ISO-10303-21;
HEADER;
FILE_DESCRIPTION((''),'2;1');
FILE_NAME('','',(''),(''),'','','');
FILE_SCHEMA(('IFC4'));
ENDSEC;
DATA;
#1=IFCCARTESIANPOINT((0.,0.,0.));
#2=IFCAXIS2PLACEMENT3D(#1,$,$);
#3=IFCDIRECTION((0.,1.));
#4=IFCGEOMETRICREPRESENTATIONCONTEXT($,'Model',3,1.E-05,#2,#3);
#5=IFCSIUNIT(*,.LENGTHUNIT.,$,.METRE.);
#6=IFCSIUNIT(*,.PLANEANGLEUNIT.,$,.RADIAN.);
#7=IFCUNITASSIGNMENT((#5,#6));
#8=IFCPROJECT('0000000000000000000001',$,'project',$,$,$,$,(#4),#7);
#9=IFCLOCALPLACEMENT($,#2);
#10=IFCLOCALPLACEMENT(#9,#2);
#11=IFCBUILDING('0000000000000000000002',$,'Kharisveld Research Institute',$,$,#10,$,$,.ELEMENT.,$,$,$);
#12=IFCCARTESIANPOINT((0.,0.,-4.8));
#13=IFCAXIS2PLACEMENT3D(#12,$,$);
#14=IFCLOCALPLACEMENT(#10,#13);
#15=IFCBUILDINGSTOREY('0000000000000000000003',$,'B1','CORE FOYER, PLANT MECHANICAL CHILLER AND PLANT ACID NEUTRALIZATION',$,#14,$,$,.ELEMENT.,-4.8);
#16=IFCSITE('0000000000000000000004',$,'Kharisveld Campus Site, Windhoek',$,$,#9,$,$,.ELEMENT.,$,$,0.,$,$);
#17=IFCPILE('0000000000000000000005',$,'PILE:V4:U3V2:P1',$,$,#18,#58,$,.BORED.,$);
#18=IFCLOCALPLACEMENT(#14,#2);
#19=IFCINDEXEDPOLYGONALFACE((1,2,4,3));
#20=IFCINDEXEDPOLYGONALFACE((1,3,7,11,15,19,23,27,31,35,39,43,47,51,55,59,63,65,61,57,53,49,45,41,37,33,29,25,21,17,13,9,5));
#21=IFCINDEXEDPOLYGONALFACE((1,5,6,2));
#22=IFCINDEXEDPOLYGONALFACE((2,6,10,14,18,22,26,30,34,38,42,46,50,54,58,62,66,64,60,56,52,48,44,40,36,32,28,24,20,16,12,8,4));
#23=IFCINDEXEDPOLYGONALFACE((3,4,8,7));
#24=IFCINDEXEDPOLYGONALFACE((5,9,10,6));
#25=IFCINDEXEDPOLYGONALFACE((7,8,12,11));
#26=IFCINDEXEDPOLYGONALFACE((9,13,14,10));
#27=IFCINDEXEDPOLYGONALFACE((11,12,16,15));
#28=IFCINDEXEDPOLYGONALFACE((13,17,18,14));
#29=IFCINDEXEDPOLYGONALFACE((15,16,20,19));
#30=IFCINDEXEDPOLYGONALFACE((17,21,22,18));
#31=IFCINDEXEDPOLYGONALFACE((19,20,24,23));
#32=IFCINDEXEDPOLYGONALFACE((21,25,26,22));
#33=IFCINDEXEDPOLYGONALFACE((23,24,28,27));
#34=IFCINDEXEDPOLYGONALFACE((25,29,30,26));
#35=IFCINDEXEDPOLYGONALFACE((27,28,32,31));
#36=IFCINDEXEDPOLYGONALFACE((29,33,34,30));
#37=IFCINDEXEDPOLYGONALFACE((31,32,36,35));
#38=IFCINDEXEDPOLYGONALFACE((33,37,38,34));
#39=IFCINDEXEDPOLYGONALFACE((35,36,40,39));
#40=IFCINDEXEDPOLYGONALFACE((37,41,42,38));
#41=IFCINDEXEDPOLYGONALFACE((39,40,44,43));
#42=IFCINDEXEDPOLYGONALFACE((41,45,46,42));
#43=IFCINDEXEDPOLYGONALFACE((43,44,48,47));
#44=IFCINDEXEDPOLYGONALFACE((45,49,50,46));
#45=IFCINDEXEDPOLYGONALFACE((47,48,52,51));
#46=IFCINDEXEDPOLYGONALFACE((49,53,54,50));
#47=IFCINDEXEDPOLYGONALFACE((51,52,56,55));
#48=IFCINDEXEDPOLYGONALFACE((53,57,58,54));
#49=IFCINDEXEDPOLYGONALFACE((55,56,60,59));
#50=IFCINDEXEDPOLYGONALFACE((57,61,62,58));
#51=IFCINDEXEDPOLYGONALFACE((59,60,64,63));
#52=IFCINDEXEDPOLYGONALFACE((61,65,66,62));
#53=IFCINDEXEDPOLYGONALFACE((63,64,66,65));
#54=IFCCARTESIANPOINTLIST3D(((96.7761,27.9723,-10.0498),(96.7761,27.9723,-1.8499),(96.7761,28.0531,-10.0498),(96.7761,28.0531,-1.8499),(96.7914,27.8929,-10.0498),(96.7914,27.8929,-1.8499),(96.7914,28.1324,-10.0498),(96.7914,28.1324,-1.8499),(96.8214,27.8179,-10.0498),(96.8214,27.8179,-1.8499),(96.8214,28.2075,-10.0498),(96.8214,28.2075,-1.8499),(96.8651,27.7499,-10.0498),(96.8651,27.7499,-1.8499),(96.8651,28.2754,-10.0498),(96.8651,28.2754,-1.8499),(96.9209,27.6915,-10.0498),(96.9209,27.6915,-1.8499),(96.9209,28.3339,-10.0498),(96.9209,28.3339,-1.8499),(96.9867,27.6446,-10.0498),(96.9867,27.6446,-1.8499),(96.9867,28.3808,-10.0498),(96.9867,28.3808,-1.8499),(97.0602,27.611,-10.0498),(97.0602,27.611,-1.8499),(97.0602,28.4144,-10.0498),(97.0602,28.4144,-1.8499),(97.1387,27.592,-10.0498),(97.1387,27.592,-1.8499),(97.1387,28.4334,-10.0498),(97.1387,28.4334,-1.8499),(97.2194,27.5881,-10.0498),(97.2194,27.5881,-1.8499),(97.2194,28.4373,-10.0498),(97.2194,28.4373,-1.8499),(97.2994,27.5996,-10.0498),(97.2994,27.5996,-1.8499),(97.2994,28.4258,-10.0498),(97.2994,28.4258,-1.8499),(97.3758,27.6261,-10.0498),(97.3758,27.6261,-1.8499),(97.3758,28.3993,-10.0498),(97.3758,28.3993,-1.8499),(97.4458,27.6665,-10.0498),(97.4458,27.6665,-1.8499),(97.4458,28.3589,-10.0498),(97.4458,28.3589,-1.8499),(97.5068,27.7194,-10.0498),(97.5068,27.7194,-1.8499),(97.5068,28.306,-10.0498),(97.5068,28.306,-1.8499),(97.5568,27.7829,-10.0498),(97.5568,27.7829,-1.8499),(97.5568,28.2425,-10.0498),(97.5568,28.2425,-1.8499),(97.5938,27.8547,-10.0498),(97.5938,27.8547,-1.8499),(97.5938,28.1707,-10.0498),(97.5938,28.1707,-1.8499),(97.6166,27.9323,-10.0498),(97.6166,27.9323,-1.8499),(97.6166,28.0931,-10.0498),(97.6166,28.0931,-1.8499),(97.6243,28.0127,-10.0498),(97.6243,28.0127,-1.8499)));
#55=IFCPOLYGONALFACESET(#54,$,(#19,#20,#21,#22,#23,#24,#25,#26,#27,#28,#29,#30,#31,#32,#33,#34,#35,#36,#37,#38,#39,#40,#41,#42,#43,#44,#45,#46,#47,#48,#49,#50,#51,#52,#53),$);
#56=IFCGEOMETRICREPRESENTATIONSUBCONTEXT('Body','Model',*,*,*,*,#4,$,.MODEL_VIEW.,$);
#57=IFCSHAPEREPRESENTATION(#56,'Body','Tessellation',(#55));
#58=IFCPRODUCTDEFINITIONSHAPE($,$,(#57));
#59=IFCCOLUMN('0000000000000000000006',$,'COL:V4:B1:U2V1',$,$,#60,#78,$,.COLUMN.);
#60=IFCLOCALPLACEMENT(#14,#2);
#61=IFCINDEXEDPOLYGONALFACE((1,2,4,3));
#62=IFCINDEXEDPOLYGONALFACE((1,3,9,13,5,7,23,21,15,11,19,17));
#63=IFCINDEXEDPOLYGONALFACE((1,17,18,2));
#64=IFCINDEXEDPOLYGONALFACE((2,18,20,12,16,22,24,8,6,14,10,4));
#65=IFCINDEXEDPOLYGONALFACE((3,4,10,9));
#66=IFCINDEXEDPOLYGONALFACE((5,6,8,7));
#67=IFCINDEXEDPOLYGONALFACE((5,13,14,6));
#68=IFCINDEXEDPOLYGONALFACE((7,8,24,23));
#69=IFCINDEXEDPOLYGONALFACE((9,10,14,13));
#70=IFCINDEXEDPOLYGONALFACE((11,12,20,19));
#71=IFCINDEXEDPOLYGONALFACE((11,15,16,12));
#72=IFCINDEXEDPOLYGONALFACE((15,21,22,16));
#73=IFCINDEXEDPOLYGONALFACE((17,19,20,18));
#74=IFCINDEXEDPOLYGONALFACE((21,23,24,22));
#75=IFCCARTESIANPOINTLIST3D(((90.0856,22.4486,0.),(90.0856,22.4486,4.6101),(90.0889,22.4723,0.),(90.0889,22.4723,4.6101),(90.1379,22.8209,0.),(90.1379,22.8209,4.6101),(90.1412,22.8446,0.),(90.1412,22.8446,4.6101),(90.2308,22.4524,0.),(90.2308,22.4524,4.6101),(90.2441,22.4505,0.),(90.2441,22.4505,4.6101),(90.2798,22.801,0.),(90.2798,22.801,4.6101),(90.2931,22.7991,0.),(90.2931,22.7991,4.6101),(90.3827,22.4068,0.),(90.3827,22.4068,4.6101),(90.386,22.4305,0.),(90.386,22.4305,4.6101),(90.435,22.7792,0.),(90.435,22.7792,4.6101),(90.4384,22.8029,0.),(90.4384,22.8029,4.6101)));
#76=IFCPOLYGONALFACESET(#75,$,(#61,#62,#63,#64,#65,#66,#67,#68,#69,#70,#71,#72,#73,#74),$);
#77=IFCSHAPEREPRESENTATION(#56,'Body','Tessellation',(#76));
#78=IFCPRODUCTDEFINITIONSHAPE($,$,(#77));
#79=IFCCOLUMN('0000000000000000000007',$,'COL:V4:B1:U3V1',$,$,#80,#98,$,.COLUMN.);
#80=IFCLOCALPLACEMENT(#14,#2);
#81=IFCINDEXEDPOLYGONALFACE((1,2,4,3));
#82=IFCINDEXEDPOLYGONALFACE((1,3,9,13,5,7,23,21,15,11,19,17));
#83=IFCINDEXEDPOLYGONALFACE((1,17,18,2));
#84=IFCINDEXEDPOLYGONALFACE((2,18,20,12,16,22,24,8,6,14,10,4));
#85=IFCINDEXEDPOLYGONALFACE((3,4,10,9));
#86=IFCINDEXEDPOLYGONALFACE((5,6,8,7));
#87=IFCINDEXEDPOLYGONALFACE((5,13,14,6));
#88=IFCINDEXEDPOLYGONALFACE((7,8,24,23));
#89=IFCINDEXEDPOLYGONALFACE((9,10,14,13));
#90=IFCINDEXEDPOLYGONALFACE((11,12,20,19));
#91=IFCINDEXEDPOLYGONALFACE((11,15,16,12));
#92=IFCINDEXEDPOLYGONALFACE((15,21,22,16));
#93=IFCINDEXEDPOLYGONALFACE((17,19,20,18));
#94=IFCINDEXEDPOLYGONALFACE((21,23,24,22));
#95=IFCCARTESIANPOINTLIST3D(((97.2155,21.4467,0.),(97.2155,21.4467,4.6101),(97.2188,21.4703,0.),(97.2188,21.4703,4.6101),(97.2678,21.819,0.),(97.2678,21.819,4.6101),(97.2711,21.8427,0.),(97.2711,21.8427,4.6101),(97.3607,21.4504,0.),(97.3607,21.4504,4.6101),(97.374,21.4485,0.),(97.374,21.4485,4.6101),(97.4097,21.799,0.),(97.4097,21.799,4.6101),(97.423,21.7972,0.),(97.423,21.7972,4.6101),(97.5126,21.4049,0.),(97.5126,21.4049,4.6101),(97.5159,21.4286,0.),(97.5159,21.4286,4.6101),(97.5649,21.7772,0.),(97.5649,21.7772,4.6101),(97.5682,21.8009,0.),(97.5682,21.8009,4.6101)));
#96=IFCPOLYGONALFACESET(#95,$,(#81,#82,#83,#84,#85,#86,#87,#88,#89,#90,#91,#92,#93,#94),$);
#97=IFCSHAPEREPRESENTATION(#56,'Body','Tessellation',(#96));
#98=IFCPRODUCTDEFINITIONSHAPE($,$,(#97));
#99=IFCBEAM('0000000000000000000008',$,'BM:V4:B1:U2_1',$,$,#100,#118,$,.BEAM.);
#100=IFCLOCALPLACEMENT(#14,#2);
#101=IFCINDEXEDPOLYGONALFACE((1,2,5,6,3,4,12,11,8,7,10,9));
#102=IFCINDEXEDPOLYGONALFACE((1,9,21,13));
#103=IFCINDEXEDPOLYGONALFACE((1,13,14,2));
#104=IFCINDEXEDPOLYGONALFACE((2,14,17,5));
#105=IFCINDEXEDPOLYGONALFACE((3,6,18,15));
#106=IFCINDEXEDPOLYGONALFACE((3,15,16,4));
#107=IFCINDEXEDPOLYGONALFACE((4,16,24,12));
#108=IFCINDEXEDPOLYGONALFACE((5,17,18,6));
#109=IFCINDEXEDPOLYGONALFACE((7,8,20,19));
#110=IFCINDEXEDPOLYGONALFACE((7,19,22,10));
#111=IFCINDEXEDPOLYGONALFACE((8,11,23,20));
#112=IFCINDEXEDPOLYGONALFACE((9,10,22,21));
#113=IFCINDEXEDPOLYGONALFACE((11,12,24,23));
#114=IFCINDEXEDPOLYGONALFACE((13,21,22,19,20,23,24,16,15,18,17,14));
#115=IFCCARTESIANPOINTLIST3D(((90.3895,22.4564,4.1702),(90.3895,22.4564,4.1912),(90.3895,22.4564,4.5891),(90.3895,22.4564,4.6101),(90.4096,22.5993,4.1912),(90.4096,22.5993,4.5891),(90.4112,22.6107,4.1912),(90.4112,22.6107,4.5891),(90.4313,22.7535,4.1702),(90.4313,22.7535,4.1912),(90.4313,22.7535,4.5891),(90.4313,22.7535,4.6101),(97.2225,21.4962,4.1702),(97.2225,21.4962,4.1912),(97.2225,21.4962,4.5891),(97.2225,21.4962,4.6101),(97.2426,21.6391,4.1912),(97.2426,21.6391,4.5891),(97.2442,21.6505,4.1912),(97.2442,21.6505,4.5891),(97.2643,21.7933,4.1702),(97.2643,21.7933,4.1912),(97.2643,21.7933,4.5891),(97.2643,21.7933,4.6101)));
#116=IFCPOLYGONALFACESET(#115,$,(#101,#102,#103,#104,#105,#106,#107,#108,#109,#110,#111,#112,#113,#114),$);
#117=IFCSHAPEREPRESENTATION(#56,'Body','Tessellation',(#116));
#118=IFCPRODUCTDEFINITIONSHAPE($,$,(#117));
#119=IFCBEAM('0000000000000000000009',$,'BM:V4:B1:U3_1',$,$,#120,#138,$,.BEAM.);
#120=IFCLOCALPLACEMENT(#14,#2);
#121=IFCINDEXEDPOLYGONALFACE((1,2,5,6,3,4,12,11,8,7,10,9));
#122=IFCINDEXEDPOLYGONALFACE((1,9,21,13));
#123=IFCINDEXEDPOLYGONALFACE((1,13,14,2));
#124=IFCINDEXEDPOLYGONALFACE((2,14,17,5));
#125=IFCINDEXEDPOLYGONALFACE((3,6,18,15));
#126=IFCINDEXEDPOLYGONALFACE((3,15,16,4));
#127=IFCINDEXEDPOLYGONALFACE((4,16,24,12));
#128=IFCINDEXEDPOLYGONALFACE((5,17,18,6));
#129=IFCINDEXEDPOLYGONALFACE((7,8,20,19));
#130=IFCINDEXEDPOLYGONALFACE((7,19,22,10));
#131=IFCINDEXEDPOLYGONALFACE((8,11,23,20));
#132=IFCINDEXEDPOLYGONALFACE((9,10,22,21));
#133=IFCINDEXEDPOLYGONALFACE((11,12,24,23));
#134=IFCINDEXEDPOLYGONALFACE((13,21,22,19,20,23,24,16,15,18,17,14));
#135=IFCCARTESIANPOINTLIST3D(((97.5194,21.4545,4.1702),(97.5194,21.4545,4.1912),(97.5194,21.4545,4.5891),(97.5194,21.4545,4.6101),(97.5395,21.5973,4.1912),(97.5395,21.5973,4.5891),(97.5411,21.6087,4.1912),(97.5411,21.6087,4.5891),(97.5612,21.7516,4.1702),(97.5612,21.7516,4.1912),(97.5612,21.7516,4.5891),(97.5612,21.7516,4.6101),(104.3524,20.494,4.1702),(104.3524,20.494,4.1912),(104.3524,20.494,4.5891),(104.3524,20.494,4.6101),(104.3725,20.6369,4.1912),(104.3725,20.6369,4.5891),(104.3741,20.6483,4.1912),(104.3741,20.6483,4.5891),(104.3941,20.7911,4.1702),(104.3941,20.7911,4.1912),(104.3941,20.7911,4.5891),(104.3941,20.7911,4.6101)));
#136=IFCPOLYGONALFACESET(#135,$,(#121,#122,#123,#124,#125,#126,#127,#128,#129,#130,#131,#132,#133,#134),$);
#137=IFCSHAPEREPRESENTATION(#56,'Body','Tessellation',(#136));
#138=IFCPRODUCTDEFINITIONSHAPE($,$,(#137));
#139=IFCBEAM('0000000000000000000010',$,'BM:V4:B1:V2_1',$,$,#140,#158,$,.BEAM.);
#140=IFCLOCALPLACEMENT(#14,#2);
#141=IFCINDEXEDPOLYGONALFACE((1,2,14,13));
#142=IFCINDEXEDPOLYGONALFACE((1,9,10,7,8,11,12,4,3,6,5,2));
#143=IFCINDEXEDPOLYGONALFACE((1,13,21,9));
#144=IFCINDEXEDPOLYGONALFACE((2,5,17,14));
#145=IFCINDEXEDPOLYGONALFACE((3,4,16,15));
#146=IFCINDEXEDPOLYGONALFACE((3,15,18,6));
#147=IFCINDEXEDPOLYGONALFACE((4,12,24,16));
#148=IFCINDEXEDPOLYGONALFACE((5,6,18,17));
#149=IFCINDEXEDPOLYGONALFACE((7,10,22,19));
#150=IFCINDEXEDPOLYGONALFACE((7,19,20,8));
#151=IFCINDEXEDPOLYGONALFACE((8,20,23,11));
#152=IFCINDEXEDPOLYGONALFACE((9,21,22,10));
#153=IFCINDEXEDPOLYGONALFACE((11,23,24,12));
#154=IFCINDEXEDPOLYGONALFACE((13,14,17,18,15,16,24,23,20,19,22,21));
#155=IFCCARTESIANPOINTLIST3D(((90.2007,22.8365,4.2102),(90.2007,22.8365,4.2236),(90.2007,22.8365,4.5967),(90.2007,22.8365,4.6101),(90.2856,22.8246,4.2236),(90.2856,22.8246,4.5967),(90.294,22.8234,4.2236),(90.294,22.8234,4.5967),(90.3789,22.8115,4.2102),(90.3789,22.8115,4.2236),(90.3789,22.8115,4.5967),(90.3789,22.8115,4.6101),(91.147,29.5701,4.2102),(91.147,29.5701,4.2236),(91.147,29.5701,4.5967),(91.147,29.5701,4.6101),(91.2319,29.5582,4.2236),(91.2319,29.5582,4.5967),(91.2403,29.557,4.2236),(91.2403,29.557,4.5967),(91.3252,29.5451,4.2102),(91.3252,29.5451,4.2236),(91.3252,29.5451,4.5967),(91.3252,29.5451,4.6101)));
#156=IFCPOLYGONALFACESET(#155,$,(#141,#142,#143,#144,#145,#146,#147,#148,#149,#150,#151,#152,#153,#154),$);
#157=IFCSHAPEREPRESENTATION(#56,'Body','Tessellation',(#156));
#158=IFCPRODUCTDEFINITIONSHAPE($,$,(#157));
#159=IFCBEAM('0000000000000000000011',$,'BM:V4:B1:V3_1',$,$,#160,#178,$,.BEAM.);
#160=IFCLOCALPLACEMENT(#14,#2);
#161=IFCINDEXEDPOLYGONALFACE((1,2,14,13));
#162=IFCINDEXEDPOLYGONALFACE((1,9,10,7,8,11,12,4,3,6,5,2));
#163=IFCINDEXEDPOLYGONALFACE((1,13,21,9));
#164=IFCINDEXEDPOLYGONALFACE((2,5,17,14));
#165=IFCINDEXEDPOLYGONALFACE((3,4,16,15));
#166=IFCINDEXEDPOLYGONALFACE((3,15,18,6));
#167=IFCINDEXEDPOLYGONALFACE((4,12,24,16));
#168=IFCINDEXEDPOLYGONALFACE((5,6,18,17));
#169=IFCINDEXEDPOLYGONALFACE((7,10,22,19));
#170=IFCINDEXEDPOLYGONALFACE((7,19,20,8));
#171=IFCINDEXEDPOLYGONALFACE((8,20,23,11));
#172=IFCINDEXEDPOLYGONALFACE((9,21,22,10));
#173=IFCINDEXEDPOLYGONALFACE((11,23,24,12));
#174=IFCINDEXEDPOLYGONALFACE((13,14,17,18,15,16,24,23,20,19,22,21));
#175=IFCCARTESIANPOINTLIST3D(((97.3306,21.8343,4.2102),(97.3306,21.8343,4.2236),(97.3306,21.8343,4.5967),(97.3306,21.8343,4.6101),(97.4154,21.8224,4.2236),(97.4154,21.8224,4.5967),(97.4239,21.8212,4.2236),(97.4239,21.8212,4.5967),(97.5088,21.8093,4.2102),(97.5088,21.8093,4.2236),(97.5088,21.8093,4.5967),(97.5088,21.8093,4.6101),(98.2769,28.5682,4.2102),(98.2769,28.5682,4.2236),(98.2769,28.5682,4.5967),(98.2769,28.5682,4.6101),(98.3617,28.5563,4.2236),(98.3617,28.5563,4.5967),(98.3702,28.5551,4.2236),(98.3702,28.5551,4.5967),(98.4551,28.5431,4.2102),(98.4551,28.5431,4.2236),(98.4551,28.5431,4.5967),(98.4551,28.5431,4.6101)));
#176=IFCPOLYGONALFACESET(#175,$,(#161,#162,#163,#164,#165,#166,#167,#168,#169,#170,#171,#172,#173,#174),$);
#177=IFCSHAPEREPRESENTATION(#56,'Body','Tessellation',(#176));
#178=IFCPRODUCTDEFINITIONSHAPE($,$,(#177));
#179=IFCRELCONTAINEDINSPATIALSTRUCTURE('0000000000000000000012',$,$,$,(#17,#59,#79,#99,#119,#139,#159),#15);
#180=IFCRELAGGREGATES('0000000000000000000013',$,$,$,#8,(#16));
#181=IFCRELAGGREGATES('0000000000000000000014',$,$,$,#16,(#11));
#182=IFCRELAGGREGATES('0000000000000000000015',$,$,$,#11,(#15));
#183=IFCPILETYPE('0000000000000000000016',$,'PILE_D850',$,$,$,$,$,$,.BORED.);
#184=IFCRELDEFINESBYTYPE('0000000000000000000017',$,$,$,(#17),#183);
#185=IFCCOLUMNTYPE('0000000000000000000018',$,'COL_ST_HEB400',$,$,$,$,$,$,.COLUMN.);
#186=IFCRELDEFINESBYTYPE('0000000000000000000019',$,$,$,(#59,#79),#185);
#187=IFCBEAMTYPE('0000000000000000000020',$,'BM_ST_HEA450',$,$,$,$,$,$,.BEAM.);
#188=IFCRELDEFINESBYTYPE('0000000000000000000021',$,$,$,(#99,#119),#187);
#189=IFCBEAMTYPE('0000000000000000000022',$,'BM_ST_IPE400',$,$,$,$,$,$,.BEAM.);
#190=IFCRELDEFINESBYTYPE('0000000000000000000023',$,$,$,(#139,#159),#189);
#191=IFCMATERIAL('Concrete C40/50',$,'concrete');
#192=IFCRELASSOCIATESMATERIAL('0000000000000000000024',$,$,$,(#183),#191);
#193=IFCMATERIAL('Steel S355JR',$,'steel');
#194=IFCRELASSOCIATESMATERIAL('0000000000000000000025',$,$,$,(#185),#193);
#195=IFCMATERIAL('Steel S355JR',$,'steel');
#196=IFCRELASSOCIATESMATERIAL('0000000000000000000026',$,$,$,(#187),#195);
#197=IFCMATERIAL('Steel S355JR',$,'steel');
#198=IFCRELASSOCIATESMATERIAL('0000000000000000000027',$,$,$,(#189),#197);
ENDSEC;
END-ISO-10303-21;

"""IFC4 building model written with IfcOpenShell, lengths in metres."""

from ifc_helpers import new_model, si_unit, direction, frame, origin, origin_2d, place, context, subcontext, project, spatial, circle, i_section, extrude, material, material_profile, profile_set, type_object, element, save


model = new_model("IFC4")

# Units and contexts
model_context = context("Model", 3, precision=1e-05, world=origin(), true_north=direction((0.0, 1.0)))
body_context = subcontext(model_context, "Body", "Model", "MODEL_VIEW")
ifc_project = project(units=[si_unit("LENGTHUNIT", "METRE"), si_unit("PLANEANGLEUNIT", "RADIAN")], contexts=[model_context])

# Site, building, storey
site_placement = place(None, origin())
site = spatial("IfcSite", under=ifc_project, at=site_placement, Name="Kharisveld Campus Site, Windhoek", CompositionType="ELEMENT", RefElevation=0.0)
building_placement = place(site_placement, origin())
building = spatial("IfcBuilding", under=site, at=building_placement, Name="Kharisveld Research Institute", CompositionType="ELEMENT")
storey_placement = place(building_placement, frame((0.0, 0.0, -4.8)))
storey = spatial("IfcBuildingStorey", under=building, at=storey_placement, Name="B1", Description="CORE FOYER, PLANT MECHANICAL CHILLER AND PLANT ACID NEUTRALIZATION", CompositionType="ELEMENT", Elevation=-4.8)

# Pile
ifc_material_1 = material(Name="Concrete C40/50", Category="concrete")
ifc_material_profile_1 = material_profile(ifc_material_1, circle(Radius=0.425, at=origin_2d()))
ifc_profile_set_1 = profile_set([ifc_material_profile_1], Name="Concrete C40/50")
pile_type_1 = type_object("IfcPileType", Name="PILE_D850", PredefinedType="BORED", material=ifc_profile_set_1)
pile_placement = place(storey_placement, frame((97.1992, 28.0127, -1.8499), z_axis=(0.0, 0.0, -1.0), x_axis=(1.0, 0.0, 0.0)))
element("IfcPile", 1, at=pile_placement, inside=storey, type_object=pile_type_1, Name="PILE:V4:U3V2:P1", PredefinedType="BORED", context=body_context, shape_type="SweptSolid", body=[
    extrude(circle(Radius=0.425, at=origin_2d()), origin(), (0.0, 0.0, 1.0), 8.2),
])

# Columns
ifc_material_2 = material(Name="Steel S355JR", Category="steel")
ifc_material_profile_2 = material_profile(ifc_material_2, i_section(OverallWidth=0.3, OverallDepth=0.3999, WebThickness=0.0134, FlangeThickness=0.0239, at=origin_2d()))
ifc_profile_set_2 = profile_set([ifc_material_profile_2], Name="Steel S355JR")
column_type = type_object("IfcColumnType", Name="COL_ST_HEB400", PredefinedType="COLUMN", material=ifc_profile_set_2)
for number, where, z_axis, x_axis, name in (
    (2, (90.262, 22.6257, 0.0), (0.0, 0.0, 1.0), (0.990268, -0.139173, 0.0), "COL:V4:B1:U2V1"),
    (3, (97.3918, 21.6238, 0.0), (0.0, 0.0, 1.0), (0.990268, -0.139173, 0.0), "COL:V4:B1:U3V1"),
):
    element("IfcColumn", number, at=place(storey_placement, frame(where, z_axis=z_axis, x_axis=x_axis)), inside=storey, type_object=column_type, Name=name, PredefinedType="COLUMN", context=body_context, shape_type="SweptSolid", body=[
        extrude(i_section(OverallWidth=0.3, OverallDepth=0.3999, WebThickness=0.0134, FlangeThickness=0.0239, at=origin_2d()), origin(), (0.0, 0.0, 1.0), 4.6101),
    ])

# Beams
ifc_material_3 = material(Name="Steel S355JR", Category="steel")
ifc_material_profile_3 = material_profile(ifc_material_3, i_section(OverallWidth=0.3, OverallDepth=0.4399, WebThickness=0.0115, FlangeThickness=0.021, at=origin_2d()))
ifc_profile_set_3 = profile_set([ifc_material_profile_3], Name="Steel S355JR")
beam_type_1 = type_object("IfcBeamType", Name="BM_ST_HEA450", PredefinedType="BEAM", material=ifc_profile_set_3)
for number, where, z_axis, x_axis, name in (
    (4, (90.4104, 22.605, 4.3901), (0.99027, -0.139157, 0.0), (0.139157, 0.99027, 0.0), "BM:V4:B1:U2_1"),
    (5, (97.5403, 21.603, 4.3901), (0.990265, -0.139192, 0.0), (0.139192, 0.990265, 0.0), "BM:V4:B1:U3_1"),
):
    element("IfcBeam", number, at=place(storey_placement, frame(where, z_axis=z_axis, x_axis=x_axis)), inside=storey, type_object=beam_type_1, Name=name, PredefinedType="BEAM", context=body_context, shape_type="SweptSolid", body=[
        extrude(i_section(OverallWidth=0.3, OverallDepth=0.4399, WebThickness=0.0115, FlangeThickness=0.021, at=origin_2d()), origin(), (0.0, 0.0, 1.0), 6.9001),
    ])
ifc_material_4 = material(Name="Steel S355JR", Category="steel")
ifc_material_profile_4 = material_profile(ifc_material_4, i_section(OverallWidth=0.1799, OverallDepth=0.3999, WebThickness=0.0085, FlangeThickness=0.0134, at=origin_2d()))
ifc_profile_set_4 = profile_set([ifc_material_profile_4], Name="Steel S355JR")
beam_type_2 = type_object("IfcBeamType", Name="BM_ST_IPE400", PredefinedType="BEAM", material=ifc_profile_set_4)
beam_1_placement = place(storey_placement, frame((90.2898, 22.824, 4.4102), z_axis=(0.139164, 0.990269, 0.0), x_axis=(-0.990269, 0.139164, 0.0)))
element("IfcBeam", 6, at=beam_1_placement, inside=storey, type_object=beam_type_2, Name="BM:V4:B1:V2_1", PredefinedType="BEAM", context=body_context, shape_type="SweptSolid", body=[
    extrude(i_section(OverallWidth=0.1799, OverallDepth=0.3999, WebThickness=0.0085, FlangeThickness=0.0134, at=origin_2d()), origin(), (0.0, 0.0, 1.0), 6.7998),
])
beam_2_placement = place(storey_placement, frame((97.4197, 21.8218, 4.4102), z_axis=(0.139159, 0.99027, 0.0), x_axis=(-0.99027, 0.139159, 0.0)))
element("IfcBeam", 7, at=beam_2_placement, inside=storey, type_object=beam_type_2, Name="BM:V4:B1:V3_1", PredefinedType="BEAM", context=body_context, shape_type="SweptSolid", body=[
    extrude(i_section(OverallWidth=0.1799, OverallDepth=0.3999, WebThickness=0.0085, FlangeThickness=0.0134, at=origin_2d()), origin(), (0.0, 0.0, 1.0), 6.8),
])

save(model, "model.ifc")
